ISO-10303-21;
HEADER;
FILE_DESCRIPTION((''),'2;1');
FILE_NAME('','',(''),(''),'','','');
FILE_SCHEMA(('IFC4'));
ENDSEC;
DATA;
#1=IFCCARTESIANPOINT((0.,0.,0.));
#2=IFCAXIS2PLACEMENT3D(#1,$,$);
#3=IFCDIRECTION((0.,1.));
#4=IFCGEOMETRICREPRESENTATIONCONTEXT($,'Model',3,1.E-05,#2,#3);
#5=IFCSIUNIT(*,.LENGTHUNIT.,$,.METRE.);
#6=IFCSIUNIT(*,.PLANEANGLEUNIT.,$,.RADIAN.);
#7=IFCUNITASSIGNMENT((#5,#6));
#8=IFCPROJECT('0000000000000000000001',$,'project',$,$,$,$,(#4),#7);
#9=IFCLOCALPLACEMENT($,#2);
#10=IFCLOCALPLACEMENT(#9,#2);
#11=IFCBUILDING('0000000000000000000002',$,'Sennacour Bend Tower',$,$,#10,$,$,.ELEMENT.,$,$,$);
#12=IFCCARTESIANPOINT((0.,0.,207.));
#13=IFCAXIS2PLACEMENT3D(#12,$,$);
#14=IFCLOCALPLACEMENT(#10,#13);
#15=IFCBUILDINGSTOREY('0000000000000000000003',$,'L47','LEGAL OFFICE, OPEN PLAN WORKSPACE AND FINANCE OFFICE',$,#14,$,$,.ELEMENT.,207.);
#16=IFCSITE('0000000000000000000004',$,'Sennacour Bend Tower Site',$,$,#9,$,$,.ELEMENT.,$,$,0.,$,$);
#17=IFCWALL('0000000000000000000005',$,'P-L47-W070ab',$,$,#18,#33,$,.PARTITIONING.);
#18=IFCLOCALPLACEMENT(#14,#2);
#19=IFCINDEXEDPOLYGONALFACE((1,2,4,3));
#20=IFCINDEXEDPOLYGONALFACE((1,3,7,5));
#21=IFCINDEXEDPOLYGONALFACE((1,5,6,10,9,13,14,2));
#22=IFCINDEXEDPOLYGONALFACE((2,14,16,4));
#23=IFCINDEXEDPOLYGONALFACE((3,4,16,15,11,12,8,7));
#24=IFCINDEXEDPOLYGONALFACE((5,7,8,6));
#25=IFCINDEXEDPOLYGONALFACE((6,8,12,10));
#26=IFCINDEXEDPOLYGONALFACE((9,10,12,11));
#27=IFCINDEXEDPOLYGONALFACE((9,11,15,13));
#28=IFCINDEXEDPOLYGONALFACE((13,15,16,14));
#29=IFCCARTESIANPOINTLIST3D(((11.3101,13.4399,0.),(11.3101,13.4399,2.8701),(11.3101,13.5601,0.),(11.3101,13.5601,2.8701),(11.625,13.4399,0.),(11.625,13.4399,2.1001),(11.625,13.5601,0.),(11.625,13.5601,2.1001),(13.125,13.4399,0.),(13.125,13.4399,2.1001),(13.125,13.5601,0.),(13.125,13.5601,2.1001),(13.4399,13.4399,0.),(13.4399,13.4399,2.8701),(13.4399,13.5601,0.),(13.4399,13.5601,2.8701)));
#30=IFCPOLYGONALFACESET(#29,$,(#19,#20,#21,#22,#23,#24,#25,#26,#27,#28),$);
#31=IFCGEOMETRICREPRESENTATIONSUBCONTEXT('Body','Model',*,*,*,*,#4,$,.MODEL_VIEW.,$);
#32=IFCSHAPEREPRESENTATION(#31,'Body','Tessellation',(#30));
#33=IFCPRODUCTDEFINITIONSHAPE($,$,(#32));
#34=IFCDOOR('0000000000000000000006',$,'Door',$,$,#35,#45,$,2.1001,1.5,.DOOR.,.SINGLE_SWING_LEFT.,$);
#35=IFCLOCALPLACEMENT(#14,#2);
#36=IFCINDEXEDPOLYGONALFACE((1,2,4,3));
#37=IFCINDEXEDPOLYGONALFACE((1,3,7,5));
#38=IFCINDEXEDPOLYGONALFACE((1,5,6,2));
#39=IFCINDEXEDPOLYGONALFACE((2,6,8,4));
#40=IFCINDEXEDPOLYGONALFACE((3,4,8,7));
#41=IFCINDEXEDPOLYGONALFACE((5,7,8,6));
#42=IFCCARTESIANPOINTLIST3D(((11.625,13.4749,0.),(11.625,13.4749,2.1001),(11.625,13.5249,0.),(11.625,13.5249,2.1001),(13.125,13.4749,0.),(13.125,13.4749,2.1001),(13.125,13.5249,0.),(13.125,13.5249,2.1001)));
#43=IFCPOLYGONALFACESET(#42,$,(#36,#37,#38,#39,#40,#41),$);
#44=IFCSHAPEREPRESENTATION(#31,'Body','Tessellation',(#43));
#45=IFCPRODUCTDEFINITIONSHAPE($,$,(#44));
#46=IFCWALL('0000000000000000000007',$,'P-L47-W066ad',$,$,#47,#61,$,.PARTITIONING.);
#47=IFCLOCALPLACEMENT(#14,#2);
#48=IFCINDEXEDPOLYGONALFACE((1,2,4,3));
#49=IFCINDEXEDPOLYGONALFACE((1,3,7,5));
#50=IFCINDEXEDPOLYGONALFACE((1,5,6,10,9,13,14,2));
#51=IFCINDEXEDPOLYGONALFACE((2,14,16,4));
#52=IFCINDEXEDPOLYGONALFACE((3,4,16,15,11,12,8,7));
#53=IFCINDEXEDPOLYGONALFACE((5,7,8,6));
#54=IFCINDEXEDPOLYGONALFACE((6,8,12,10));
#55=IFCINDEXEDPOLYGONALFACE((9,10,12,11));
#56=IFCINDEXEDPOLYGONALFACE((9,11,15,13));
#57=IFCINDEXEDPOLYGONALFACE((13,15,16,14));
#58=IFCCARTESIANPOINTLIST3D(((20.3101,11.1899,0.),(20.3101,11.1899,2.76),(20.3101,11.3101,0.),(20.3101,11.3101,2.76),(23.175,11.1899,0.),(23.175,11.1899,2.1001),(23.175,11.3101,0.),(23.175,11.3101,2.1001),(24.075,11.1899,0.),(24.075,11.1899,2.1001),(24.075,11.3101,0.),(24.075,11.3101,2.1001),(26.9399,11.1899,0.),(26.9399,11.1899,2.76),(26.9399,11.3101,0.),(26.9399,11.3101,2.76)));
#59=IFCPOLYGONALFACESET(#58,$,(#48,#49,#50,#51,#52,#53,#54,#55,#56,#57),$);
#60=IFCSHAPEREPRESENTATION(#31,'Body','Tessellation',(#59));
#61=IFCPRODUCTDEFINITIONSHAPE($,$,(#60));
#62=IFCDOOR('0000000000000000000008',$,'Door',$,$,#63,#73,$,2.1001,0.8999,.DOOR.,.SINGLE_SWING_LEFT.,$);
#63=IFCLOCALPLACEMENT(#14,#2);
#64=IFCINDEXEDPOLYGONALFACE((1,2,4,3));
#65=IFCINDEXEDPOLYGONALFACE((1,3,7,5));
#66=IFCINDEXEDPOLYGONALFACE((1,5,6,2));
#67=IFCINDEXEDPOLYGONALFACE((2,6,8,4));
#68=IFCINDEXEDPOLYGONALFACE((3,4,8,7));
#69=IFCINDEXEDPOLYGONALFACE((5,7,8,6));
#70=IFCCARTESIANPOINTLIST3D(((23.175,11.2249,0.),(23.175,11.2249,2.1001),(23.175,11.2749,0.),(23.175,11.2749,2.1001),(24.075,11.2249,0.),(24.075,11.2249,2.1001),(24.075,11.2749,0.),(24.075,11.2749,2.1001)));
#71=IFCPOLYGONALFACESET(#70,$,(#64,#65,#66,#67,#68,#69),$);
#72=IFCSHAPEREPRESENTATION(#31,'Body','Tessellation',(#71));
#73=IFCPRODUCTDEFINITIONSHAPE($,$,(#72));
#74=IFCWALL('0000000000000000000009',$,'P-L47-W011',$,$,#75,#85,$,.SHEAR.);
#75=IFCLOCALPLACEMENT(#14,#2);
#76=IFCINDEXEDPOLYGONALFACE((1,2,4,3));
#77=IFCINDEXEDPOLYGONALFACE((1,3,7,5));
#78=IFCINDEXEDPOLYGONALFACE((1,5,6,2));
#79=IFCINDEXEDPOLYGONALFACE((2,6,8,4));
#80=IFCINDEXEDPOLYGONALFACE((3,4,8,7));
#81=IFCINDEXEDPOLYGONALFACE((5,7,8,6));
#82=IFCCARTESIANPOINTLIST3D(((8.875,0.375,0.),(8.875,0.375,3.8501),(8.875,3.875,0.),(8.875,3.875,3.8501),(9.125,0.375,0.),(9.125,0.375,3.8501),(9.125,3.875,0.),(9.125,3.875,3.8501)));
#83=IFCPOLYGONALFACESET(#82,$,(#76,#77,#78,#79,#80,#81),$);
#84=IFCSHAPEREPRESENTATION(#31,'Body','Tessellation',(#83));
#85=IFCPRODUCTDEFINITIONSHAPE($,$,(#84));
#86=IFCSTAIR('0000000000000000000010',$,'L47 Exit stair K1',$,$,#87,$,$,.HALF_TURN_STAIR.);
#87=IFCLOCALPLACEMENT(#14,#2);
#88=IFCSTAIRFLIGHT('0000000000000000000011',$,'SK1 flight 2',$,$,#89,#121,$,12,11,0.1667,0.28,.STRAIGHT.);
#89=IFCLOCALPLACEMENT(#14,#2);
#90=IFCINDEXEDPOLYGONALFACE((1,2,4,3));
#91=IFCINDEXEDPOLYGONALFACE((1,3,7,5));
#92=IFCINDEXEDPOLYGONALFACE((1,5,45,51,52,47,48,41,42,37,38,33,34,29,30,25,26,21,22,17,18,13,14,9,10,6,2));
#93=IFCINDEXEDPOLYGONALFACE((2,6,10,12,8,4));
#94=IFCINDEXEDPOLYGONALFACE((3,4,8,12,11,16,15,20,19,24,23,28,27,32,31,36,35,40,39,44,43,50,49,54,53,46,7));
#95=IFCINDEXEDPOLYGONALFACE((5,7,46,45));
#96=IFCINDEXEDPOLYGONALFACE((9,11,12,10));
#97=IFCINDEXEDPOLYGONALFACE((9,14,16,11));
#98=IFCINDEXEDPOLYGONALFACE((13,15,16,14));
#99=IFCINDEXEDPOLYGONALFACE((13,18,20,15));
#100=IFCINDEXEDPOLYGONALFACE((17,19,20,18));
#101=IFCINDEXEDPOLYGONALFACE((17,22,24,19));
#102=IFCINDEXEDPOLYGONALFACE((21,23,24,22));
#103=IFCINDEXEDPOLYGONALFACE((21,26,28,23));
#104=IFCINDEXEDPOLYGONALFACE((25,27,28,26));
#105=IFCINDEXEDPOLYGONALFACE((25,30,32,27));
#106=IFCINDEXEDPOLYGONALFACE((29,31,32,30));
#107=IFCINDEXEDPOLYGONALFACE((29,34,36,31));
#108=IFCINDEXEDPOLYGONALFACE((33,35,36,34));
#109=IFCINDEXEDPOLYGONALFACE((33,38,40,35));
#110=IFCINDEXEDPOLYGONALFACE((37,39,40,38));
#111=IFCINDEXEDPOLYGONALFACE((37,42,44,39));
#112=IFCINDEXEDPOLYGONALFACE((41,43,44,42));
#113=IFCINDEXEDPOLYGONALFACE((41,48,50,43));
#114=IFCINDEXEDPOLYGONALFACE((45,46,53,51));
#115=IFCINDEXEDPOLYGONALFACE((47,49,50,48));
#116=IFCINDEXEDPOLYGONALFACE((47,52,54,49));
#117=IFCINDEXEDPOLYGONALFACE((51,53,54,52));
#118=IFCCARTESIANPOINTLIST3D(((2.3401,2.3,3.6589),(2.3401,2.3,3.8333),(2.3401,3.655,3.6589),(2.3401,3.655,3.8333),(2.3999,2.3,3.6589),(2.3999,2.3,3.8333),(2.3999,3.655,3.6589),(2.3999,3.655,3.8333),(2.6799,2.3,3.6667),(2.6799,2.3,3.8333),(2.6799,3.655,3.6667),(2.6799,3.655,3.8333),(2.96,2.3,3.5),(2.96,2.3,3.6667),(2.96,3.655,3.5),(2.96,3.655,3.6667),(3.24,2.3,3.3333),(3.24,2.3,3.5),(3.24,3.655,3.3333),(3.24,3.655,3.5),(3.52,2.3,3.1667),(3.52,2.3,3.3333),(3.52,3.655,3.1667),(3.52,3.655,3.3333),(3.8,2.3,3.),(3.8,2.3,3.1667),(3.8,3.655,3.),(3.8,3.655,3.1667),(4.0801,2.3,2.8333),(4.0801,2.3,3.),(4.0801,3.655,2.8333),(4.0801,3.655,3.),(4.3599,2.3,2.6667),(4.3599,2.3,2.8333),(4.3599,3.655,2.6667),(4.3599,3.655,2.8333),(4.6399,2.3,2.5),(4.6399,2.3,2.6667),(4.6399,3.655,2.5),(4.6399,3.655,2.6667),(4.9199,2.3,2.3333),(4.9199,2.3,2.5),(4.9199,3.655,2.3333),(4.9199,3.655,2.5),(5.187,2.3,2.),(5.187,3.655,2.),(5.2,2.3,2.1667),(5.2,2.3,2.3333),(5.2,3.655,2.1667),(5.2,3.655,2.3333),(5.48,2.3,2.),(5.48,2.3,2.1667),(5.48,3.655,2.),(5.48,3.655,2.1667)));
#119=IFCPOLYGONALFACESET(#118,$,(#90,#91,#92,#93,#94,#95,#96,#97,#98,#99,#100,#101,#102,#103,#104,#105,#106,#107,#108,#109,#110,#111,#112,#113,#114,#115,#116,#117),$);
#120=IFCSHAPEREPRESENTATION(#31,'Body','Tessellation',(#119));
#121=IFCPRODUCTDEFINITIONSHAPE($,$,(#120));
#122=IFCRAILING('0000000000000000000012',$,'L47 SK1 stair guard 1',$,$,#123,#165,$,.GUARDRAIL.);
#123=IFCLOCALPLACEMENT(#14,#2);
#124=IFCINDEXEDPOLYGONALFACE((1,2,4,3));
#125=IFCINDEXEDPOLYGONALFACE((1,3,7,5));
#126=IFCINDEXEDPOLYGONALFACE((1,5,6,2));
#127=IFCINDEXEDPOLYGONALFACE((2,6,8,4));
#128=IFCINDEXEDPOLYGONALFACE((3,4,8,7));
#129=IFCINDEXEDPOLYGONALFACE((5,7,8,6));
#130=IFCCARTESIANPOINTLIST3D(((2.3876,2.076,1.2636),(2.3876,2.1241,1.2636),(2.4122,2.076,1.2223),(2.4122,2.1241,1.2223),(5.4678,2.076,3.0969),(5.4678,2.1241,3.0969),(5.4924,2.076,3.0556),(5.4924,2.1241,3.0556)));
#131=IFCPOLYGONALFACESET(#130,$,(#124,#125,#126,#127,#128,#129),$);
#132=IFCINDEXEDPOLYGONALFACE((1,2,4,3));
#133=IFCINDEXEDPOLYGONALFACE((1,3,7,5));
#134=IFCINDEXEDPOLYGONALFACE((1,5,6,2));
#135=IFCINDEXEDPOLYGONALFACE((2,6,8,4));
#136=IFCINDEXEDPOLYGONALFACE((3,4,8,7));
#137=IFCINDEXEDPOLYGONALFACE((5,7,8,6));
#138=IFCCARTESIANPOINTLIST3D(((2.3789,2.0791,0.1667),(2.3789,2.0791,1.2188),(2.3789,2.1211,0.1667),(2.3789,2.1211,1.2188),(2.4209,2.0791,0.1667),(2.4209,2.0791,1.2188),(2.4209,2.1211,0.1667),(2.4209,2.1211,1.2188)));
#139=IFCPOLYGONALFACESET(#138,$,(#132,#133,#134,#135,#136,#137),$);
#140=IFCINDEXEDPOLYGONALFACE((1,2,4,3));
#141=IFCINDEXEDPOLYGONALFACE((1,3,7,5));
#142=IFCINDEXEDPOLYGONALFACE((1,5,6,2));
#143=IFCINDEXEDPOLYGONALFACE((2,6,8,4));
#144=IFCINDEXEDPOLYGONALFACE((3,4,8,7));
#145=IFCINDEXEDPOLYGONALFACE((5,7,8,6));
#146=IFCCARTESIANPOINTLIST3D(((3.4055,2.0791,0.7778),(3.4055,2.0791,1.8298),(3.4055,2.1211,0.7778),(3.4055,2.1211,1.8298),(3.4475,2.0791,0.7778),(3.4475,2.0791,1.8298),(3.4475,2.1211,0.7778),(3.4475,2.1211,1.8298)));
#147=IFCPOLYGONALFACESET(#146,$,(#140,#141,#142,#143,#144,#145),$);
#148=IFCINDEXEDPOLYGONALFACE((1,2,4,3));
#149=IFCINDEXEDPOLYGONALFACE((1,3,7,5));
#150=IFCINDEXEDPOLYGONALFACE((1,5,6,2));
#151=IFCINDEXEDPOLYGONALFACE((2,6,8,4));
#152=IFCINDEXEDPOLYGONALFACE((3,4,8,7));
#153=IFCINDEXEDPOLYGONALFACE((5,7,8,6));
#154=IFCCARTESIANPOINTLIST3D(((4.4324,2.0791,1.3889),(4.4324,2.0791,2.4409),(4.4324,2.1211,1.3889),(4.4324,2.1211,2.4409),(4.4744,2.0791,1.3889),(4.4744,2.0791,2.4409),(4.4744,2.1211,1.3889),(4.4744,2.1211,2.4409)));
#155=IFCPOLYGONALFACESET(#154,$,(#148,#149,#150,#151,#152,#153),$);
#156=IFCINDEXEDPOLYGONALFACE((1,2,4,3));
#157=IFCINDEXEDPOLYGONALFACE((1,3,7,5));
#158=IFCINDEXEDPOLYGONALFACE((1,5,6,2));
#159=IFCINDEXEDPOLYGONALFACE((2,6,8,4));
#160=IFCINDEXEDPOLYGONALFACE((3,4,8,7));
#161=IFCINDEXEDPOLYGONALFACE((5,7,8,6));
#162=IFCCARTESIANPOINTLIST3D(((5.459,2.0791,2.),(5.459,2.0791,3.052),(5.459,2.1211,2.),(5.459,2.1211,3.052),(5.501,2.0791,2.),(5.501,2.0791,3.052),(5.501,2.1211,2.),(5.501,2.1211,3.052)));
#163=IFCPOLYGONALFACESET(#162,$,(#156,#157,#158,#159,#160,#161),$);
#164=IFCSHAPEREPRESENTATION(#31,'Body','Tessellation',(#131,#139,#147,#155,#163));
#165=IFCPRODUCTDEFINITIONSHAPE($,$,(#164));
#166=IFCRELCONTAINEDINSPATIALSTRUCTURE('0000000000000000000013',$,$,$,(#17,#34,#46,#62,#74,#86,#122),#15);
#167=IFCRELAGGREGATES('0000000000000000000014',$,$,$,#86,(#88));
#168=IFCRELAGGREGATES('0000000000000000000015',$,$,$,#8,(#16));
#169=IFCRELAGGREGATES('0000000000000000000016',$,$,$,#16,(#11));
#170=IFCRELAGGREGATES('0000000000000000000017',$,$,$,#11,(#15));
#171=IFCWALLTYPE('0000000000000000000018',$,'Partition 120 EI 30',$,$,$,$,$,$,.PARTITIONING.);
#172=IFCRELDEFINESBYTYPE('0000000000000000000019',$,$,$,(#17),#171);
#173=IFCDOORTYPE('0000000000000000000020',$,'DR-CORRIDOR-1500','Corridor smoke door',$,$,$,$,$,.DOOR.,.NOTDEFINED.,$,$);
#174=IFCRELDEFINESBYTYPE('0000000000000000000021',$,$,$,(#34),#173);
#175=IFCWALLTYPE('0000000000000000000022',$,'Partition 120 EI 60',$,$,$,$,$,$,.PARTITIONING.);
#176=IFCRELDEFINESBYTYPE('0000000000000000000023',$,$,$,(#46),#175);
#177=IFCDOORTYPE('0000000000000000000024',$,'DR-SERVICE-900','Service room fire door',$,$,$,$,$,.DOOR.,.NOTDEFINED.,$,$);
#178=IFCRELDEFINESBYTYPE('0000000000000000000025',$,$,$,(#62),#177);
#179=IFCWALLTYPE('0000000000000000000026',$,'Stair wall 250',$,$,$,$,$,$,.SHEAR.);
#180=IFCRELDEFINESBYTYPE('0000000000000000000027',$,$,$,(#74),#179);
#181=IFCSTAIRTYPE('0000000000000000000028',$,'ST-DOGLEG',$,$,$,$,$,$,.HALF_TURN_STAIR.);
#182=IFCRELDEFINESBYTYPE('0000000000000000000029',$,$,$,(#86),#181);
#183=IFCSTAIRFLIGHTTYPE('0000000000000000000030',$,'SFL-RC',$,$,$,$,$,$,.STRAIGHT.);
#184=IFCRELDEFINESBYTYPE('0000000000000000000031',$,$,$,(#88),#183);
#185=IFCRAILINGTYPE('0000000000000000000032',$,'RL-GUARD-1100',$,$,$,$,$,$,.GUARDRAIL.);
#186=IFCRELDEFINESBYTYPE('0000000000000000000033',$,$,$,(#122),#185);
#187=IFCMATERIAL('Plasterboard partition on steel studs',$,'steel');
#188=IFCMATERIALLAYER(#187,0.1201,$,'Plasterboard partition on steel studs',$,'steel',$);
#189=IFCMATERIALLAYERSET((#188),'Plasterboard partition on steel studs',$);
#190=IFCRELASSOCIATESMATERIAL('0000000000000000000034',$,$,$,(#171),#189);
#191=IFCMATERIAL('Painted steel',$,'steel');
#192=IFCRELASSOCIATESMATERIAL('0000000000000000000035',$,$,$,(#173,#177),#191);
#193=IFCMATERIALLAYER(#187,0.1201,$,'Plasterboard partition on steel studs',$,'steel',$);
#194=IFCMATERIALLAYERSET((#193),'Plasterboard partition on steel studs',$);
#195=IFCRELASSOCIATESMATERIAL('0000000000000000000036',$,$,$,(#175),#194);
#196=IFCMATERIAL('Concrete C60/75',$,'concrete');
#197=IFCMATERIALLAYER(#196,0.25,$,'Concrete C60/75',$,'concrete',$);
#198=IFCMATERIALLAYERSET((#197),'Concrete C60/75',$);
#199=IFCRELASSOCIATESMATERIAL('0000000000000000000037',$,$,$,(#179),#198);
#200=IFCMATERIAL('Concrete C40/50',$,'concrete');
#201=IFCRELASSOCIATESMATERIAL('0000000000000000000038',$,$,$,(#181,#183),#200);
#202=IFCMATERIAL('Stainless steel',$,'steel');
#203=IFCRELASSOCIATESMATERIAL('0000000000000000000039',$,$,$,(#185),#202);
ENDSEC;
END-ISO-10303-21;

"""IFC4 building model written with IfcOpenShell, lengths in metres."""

from ifc_helpers import new_model, si_unit, direction, frame, frame_2d, origin, origin_2d, place, context, subcontext, project, spatial, polyline, rectangle, outline, extrude, material, layer, layer_set, type_object, element, fill, aggregate, save


model = new_model("IFC4")

# Units and contexts
model_context = context("Model", 3, precision=1e-05, world=origin(), true_north=direction((0.0, 1.0)))
body_context = subcontext(model_context, "Body", "Model", "MODEL_VIEW")
ifc_project = project(units=[si_unit("LENGTHUNIT", "METRE"), si_unit("PLANEANGLEUNIT", "RADIAN")], contexts=[model_context])

# Site, building, storey
site_placement = place(None, origin())
site = spatial("IfcSite", under=ifc_project, at=site_placement, Name="Sennacour Bend Tower Site", CompositionType="ELEMENT", RefElevation=0.0)
building_placement = place(site_placement, origin())
building = spatial("IfcBuilding", under=site, at=building_placement, Name="Sennacour Bend Tower", CompositionType="ELEMENT")
storey_placement = place(building_placement, frame((0.0, 0.0, 207.0)))
storey = spatial("IfcBuildingStorey", under=building, at=storey_placement, Name="L47", Description="LEGAL OFFICE, OPEN PLAN WORKSPACE AND FINANCE OFFICE", CompositionType="ELEMENT", Elevation=207.0)

# Shared definitions
ifc_material_1 = material(Name="Plasterboard partition on steel studs", Category="steel")

# Walls, openings, doors
ifc_layer_1 = layer(ifc_material_1, 0.1201, Name="Plasterboard partition on steel studs", Category="steel")
ifc_layer_set_1 = layer_set([ifc_layer_1], Name="Plasterboard partition on steel studs")
wall_type_1 = type_object("IfcWallType", Name="Partition 120 EI 30", PredefinedType="PARTITIONING", material=ifc_layer_set_1)
wall_1_placement = place(storey_placement, frame((11.3101, 13.5, 0.0), z_axis=(0.0, 0.0, 1.0), x_axis=(1.0, 0.0, 0.0)))
wall_1 = element("IfcWall", 1, at=wall_1_placement, inside=storey, type_object=wall_type_1, Name="P-L47-W070ab", PredefinedType="PARTITIONING", context=body_context, shape_type="SweptSolid", body=[
    extrude(rectangle(XDim=2.1299, YDim=0.1201, at=frame_2d((1.0649, 0.0))), origin(), (0.0, 0.0, 1.0), 2.8701),
])
opening_1_placement = place(wall_1_placement, frame((0.3149, 0.0, 0.0)))
opening_1 = element("IfcOpeningElement", 2, at=opening_1_placement, cuts=wall_1, PredefinedType="OPENING", context=body_context, shape_type="SweptSolid", body=[
    extrude(rectangle(XDim=1.5, YDim=2.1001, at=frame_2d((0.75, 1.05))), frame((0.0, 0.0701, 0.0), z_axis=(0.0, -1.0, 0.0), x_axis=(1.0, 0.0, 0.0)), (0.0, 0.0, 1.0), 0.1401),
])
ifc_material_2 = material(Name="Painted steel", Category="steel")
door_type_1 = type_object("IfcDoorType", Name="DR-CORRIDOR-1500", Description="Corridor smoke door", OperationType="NOTDEFINED", PredefinedType="DOOR", material=ifc_material_2)
door_1_placement = place(opening_1_placement, origin())
door_1 = element("IfcDoor", 3, at=door_1_placement, inside=storey, type_object=door_type_1, Name="Door", OperationType="SINGLE_SWING_LEFT", OverallHeight=2.1001, OverallWidth=1.5, PredefinedType="DOOR", context=body_context, shape_type="SweptSolid", body=[
    extrude(rectangle(XDim=1.5, YDim=2.1001, at=frame_2d((0.75, 1.05))), frame((0.0, 0.0249, 0.0), z_axis=(0.0, -1.0, 0.0), x_axis=(1.0, 0.0, 0.0)), (0.0, 0.0, 1.0), 0.05),
])
fill(opening_1, door_1)
ifc_layer_2 = layer(ifc_material_1, 0.1201, Name="Plasterboard partition on steel studs", Category="steel")
ifc_layer_set_2 = layer_set([ifc_layer_2], Name="Plasterboard partition on steel studs")
wall_type_2 = type_object("IfcWallType", Name="Partition 120 EI 60", PredefinedType="PARTITIONING", material=ifc_layer_set_2)
wall_2_placement = place(storey_placement, frame((20.3101, 11.25, 0.0), z_axis=(0.0, 0.0, 1.0), x_axis=(1.0, 0.0, 0.0)))
wall_2 = element("IfcWall", 4, at=wall_2_placement, inside=storey, type_object=wall_type_2, Name="P-L47-W066ad", PredefinedType="PARTITIONING", context=body_context, shape_type="SweptSolid", body=[
    extrude(rectangle(XDim=6.6299, YDim=0.1201, at=frame_2d((3.3149, 0.0))), origin(), (0.0, 0.0, 1.0), 2.76),
])
opening_2_placement = place(wall_2_placement, frame((2.865, 0.0, 0.0)))
opening_2 = element("IfcOpeningElement", 5, at=opening_2_placement, cuts=wall_2, PredefinedType="OPENING", context=body_context, shape_type="SweptSolid", body=[
    extrude(rectangle(XDim=0.8999, YDim=2.1001, at=frame_2d((0.45, 1.05))), frame((0.0, 0.0701, 0.0), z_axis=(0.0, -1.0, 0.0), x_axis=(1.0, 0.0, 0.0)), (0.0, 0.0, 1.0), 0.1401),
])
door_type_2 = type_object("IfcDoorType", Name="DR-SERVICE-900", Description="Service room fire door", OperationType="NOTDEFINED", PredefinedType="DOOR", material=ifc_material_2)
door_2_placement = place(opening_2_placement, origin())
door_2 = element("IfcDoor", 6, at=door_2_placement, inside=storey, type_object=door_type_2, Name="Door", OperationType="SINGLE_SWING_LEFT", OverallHeight=2.1001, OverallWidth=0.8999, PredefinedType="DOOR", context=body_context, shape_type="SweptSolid", body=[
    extrude(rectangle(XDim=0.8999, YDim=2.1001, at=frame_2d((0.45, 1.05))), frame((0.0, 0.0249, 0.0), z_axis=(0.0, -1.0, 0.0), x_axis=(1.0, 0.0, 0.0)), (0.0, 0.0, 1.0), 0.05),
])
fill(opening_2, door_2)

# Wall
ifc_material_3 = material(Name="Concrete C60/75", Category="concrete")
ifc_layer_3 = layer(ifc_material_3, 0.25, Name="Concrete C60/75", Category="concrete")
ifc_layer_set_3 = layer_set([ifc_layer_3], Name="Concrete C60/75")
wall_type_3 = type_object("IfcWallType", Name="Stair wall 250", PredefinedType="SHEAR", material=ifc_layer_set_3)
wall_3_placement = place(storey_placement, frame((9.0, 0.375, 0.0), z_axis=(0.0, 0.0, 1.0), x_axis=(0.0, 1.0, 0.0)))
element("IfcWall", 7, at=wall_3_placement, inside=storey, type_object=wall_type_3, Name="P-L47-W011", PredefinedType="SHEAR", context=body_context, shape_type="SweptSolid", body=[
    extrude(rectangle(XDim=3.5, YDim=0.25, at=frame_2d((1.75, 0.0))), origin(), (0.0, 0.0, 1.0), 3.8501),
])

# Stair, stair flight
ifc_material_4 = material(Name="Concrete C40/50", Category="concrete")
stair_type = type_object("IfcStairType", Name="ST-DOGLEG", PredefinedType="HALF_TURN_STAIR", material=ifc_material_4)
stair_placement = place(storey_placement, origin())
stair = element("IfcStair", 8, at=stair_placement, inside=storey, type_object=stair_type, Name="L47 Exit stair K1", PredefinedType="HALF_TURN_STAIR")
stair_flight_type = type_object("IfcStairFlightType", Name="SFL-RC", PredefinedType="STRAIGHT", material=ifc_material_4)
stair_flight_placement = place(storey_placement, frame((5.48, 2.9775, 2.0), z_axis=(0.0, 0.0, 1.0), x_axis=(-1.0, 0.0, 0.0)))
stair_flight = element("IfcStairFlight", 9, at=stair_flight_placement, type_object=stair_flight_type, Name="SK1 flight 2", NumberOfRisers=12, NumberOfTreads=11, PredefinedType="STRAIGHT", RiserHeight=0.1667, TreadLength=0.28, context=body_context, shape_type="SweptSolid", body=[
    extrude(outline(polyline([(0.0, 0.0), (0.0, 0.1667), (0.28, 0.1667), (0.28, 0.3333), (0.5601, 0.3333), (0.5601, 0.5), (0.8401, 0.5), (0.8401, 0.6667), (1.1201, 0.6667), (1.1201, 0.8333), (1.3999, 0.8333), (1.3999, 1.0), (1.6799, 1.0), (1.6799, 1.1667), (1.96, 1.1667), (1.96, 1.3333), (2.24, 1.3333), (2.24, 1.5), (2.52, 1.5), (2.52, 1.6667), (2.8, 1.6667), (2.8, 1.8333), (3.0801, 1.8333), (3.1399, 1.8333), (3.1399, 1.6589), (3.0801, 1.6589), (0.293, 0.0), (0.0, 0.0)])), frame((0.0, 0.6775, 0.0), z_axis=(0.0, -1.0, 0.0), x_axis=(1.0, 0.0, 0.0)), (0.0, 0.0, 1.0), 1.355),
])
aggregate(stair, [stair_flight])

# Railing
ifc_material_5 = material(Name="Stainless steel", Category="steel")
railing_type_1 = type_object("IfcRailingType", Name="RL-GUARD-1100", PredefinedType="GUARDRAIL", material=ifc_material_5)
railing_1_placement = place(storey_placement, frame((2.3999, 2.1001, 0.1667)))
element("IfcRailing", 10, at=railing_1_placement, inside=storey, type_object=railing_type_1, Name="L47 SK1 stair guard 1", PredefinedType="GUARDRAIL", context=body_context, shape_type="SweptSolid", body=[
    extrude(rectangle(XDim=0.0481, YDim=0.0481, at=origin_2d()), frame((0.0, 0.0, 1.0762), z_axis=(0.859309, 0.0, 0.511458), x_axis=(0.0, 1.0, 0.0)), (0.0, 0.0, 1.0), 3.5845),
    extrude(rectangle(XDim=0.042, YDim=0.042, at=origin_2d()), origin(), (0.0, 0.0, 1.0), 1.052),
    extrude(rectangle(XDim=0.042, YDim=0.042, at=origin_2d()), frame((1.0266, 0.0, 0.6111)), (0.0, 0.0, 1.0), 1.052),
    extrude(rectangle(XDim=0.042, YDim=0.042, at=origin_2d()), frame((2.0535, 0.0, 1.2222)), (0.0, 0.0, 1.0), 1.052),
    extrude(rectangle(XDim=0.042, YDim=0.042, at=origin_2d()), frame((3.0801, 0.0, 1.8333)), (0.0, 0.0, 1.0), 1.052),
])

save(model, "model.ifc")
